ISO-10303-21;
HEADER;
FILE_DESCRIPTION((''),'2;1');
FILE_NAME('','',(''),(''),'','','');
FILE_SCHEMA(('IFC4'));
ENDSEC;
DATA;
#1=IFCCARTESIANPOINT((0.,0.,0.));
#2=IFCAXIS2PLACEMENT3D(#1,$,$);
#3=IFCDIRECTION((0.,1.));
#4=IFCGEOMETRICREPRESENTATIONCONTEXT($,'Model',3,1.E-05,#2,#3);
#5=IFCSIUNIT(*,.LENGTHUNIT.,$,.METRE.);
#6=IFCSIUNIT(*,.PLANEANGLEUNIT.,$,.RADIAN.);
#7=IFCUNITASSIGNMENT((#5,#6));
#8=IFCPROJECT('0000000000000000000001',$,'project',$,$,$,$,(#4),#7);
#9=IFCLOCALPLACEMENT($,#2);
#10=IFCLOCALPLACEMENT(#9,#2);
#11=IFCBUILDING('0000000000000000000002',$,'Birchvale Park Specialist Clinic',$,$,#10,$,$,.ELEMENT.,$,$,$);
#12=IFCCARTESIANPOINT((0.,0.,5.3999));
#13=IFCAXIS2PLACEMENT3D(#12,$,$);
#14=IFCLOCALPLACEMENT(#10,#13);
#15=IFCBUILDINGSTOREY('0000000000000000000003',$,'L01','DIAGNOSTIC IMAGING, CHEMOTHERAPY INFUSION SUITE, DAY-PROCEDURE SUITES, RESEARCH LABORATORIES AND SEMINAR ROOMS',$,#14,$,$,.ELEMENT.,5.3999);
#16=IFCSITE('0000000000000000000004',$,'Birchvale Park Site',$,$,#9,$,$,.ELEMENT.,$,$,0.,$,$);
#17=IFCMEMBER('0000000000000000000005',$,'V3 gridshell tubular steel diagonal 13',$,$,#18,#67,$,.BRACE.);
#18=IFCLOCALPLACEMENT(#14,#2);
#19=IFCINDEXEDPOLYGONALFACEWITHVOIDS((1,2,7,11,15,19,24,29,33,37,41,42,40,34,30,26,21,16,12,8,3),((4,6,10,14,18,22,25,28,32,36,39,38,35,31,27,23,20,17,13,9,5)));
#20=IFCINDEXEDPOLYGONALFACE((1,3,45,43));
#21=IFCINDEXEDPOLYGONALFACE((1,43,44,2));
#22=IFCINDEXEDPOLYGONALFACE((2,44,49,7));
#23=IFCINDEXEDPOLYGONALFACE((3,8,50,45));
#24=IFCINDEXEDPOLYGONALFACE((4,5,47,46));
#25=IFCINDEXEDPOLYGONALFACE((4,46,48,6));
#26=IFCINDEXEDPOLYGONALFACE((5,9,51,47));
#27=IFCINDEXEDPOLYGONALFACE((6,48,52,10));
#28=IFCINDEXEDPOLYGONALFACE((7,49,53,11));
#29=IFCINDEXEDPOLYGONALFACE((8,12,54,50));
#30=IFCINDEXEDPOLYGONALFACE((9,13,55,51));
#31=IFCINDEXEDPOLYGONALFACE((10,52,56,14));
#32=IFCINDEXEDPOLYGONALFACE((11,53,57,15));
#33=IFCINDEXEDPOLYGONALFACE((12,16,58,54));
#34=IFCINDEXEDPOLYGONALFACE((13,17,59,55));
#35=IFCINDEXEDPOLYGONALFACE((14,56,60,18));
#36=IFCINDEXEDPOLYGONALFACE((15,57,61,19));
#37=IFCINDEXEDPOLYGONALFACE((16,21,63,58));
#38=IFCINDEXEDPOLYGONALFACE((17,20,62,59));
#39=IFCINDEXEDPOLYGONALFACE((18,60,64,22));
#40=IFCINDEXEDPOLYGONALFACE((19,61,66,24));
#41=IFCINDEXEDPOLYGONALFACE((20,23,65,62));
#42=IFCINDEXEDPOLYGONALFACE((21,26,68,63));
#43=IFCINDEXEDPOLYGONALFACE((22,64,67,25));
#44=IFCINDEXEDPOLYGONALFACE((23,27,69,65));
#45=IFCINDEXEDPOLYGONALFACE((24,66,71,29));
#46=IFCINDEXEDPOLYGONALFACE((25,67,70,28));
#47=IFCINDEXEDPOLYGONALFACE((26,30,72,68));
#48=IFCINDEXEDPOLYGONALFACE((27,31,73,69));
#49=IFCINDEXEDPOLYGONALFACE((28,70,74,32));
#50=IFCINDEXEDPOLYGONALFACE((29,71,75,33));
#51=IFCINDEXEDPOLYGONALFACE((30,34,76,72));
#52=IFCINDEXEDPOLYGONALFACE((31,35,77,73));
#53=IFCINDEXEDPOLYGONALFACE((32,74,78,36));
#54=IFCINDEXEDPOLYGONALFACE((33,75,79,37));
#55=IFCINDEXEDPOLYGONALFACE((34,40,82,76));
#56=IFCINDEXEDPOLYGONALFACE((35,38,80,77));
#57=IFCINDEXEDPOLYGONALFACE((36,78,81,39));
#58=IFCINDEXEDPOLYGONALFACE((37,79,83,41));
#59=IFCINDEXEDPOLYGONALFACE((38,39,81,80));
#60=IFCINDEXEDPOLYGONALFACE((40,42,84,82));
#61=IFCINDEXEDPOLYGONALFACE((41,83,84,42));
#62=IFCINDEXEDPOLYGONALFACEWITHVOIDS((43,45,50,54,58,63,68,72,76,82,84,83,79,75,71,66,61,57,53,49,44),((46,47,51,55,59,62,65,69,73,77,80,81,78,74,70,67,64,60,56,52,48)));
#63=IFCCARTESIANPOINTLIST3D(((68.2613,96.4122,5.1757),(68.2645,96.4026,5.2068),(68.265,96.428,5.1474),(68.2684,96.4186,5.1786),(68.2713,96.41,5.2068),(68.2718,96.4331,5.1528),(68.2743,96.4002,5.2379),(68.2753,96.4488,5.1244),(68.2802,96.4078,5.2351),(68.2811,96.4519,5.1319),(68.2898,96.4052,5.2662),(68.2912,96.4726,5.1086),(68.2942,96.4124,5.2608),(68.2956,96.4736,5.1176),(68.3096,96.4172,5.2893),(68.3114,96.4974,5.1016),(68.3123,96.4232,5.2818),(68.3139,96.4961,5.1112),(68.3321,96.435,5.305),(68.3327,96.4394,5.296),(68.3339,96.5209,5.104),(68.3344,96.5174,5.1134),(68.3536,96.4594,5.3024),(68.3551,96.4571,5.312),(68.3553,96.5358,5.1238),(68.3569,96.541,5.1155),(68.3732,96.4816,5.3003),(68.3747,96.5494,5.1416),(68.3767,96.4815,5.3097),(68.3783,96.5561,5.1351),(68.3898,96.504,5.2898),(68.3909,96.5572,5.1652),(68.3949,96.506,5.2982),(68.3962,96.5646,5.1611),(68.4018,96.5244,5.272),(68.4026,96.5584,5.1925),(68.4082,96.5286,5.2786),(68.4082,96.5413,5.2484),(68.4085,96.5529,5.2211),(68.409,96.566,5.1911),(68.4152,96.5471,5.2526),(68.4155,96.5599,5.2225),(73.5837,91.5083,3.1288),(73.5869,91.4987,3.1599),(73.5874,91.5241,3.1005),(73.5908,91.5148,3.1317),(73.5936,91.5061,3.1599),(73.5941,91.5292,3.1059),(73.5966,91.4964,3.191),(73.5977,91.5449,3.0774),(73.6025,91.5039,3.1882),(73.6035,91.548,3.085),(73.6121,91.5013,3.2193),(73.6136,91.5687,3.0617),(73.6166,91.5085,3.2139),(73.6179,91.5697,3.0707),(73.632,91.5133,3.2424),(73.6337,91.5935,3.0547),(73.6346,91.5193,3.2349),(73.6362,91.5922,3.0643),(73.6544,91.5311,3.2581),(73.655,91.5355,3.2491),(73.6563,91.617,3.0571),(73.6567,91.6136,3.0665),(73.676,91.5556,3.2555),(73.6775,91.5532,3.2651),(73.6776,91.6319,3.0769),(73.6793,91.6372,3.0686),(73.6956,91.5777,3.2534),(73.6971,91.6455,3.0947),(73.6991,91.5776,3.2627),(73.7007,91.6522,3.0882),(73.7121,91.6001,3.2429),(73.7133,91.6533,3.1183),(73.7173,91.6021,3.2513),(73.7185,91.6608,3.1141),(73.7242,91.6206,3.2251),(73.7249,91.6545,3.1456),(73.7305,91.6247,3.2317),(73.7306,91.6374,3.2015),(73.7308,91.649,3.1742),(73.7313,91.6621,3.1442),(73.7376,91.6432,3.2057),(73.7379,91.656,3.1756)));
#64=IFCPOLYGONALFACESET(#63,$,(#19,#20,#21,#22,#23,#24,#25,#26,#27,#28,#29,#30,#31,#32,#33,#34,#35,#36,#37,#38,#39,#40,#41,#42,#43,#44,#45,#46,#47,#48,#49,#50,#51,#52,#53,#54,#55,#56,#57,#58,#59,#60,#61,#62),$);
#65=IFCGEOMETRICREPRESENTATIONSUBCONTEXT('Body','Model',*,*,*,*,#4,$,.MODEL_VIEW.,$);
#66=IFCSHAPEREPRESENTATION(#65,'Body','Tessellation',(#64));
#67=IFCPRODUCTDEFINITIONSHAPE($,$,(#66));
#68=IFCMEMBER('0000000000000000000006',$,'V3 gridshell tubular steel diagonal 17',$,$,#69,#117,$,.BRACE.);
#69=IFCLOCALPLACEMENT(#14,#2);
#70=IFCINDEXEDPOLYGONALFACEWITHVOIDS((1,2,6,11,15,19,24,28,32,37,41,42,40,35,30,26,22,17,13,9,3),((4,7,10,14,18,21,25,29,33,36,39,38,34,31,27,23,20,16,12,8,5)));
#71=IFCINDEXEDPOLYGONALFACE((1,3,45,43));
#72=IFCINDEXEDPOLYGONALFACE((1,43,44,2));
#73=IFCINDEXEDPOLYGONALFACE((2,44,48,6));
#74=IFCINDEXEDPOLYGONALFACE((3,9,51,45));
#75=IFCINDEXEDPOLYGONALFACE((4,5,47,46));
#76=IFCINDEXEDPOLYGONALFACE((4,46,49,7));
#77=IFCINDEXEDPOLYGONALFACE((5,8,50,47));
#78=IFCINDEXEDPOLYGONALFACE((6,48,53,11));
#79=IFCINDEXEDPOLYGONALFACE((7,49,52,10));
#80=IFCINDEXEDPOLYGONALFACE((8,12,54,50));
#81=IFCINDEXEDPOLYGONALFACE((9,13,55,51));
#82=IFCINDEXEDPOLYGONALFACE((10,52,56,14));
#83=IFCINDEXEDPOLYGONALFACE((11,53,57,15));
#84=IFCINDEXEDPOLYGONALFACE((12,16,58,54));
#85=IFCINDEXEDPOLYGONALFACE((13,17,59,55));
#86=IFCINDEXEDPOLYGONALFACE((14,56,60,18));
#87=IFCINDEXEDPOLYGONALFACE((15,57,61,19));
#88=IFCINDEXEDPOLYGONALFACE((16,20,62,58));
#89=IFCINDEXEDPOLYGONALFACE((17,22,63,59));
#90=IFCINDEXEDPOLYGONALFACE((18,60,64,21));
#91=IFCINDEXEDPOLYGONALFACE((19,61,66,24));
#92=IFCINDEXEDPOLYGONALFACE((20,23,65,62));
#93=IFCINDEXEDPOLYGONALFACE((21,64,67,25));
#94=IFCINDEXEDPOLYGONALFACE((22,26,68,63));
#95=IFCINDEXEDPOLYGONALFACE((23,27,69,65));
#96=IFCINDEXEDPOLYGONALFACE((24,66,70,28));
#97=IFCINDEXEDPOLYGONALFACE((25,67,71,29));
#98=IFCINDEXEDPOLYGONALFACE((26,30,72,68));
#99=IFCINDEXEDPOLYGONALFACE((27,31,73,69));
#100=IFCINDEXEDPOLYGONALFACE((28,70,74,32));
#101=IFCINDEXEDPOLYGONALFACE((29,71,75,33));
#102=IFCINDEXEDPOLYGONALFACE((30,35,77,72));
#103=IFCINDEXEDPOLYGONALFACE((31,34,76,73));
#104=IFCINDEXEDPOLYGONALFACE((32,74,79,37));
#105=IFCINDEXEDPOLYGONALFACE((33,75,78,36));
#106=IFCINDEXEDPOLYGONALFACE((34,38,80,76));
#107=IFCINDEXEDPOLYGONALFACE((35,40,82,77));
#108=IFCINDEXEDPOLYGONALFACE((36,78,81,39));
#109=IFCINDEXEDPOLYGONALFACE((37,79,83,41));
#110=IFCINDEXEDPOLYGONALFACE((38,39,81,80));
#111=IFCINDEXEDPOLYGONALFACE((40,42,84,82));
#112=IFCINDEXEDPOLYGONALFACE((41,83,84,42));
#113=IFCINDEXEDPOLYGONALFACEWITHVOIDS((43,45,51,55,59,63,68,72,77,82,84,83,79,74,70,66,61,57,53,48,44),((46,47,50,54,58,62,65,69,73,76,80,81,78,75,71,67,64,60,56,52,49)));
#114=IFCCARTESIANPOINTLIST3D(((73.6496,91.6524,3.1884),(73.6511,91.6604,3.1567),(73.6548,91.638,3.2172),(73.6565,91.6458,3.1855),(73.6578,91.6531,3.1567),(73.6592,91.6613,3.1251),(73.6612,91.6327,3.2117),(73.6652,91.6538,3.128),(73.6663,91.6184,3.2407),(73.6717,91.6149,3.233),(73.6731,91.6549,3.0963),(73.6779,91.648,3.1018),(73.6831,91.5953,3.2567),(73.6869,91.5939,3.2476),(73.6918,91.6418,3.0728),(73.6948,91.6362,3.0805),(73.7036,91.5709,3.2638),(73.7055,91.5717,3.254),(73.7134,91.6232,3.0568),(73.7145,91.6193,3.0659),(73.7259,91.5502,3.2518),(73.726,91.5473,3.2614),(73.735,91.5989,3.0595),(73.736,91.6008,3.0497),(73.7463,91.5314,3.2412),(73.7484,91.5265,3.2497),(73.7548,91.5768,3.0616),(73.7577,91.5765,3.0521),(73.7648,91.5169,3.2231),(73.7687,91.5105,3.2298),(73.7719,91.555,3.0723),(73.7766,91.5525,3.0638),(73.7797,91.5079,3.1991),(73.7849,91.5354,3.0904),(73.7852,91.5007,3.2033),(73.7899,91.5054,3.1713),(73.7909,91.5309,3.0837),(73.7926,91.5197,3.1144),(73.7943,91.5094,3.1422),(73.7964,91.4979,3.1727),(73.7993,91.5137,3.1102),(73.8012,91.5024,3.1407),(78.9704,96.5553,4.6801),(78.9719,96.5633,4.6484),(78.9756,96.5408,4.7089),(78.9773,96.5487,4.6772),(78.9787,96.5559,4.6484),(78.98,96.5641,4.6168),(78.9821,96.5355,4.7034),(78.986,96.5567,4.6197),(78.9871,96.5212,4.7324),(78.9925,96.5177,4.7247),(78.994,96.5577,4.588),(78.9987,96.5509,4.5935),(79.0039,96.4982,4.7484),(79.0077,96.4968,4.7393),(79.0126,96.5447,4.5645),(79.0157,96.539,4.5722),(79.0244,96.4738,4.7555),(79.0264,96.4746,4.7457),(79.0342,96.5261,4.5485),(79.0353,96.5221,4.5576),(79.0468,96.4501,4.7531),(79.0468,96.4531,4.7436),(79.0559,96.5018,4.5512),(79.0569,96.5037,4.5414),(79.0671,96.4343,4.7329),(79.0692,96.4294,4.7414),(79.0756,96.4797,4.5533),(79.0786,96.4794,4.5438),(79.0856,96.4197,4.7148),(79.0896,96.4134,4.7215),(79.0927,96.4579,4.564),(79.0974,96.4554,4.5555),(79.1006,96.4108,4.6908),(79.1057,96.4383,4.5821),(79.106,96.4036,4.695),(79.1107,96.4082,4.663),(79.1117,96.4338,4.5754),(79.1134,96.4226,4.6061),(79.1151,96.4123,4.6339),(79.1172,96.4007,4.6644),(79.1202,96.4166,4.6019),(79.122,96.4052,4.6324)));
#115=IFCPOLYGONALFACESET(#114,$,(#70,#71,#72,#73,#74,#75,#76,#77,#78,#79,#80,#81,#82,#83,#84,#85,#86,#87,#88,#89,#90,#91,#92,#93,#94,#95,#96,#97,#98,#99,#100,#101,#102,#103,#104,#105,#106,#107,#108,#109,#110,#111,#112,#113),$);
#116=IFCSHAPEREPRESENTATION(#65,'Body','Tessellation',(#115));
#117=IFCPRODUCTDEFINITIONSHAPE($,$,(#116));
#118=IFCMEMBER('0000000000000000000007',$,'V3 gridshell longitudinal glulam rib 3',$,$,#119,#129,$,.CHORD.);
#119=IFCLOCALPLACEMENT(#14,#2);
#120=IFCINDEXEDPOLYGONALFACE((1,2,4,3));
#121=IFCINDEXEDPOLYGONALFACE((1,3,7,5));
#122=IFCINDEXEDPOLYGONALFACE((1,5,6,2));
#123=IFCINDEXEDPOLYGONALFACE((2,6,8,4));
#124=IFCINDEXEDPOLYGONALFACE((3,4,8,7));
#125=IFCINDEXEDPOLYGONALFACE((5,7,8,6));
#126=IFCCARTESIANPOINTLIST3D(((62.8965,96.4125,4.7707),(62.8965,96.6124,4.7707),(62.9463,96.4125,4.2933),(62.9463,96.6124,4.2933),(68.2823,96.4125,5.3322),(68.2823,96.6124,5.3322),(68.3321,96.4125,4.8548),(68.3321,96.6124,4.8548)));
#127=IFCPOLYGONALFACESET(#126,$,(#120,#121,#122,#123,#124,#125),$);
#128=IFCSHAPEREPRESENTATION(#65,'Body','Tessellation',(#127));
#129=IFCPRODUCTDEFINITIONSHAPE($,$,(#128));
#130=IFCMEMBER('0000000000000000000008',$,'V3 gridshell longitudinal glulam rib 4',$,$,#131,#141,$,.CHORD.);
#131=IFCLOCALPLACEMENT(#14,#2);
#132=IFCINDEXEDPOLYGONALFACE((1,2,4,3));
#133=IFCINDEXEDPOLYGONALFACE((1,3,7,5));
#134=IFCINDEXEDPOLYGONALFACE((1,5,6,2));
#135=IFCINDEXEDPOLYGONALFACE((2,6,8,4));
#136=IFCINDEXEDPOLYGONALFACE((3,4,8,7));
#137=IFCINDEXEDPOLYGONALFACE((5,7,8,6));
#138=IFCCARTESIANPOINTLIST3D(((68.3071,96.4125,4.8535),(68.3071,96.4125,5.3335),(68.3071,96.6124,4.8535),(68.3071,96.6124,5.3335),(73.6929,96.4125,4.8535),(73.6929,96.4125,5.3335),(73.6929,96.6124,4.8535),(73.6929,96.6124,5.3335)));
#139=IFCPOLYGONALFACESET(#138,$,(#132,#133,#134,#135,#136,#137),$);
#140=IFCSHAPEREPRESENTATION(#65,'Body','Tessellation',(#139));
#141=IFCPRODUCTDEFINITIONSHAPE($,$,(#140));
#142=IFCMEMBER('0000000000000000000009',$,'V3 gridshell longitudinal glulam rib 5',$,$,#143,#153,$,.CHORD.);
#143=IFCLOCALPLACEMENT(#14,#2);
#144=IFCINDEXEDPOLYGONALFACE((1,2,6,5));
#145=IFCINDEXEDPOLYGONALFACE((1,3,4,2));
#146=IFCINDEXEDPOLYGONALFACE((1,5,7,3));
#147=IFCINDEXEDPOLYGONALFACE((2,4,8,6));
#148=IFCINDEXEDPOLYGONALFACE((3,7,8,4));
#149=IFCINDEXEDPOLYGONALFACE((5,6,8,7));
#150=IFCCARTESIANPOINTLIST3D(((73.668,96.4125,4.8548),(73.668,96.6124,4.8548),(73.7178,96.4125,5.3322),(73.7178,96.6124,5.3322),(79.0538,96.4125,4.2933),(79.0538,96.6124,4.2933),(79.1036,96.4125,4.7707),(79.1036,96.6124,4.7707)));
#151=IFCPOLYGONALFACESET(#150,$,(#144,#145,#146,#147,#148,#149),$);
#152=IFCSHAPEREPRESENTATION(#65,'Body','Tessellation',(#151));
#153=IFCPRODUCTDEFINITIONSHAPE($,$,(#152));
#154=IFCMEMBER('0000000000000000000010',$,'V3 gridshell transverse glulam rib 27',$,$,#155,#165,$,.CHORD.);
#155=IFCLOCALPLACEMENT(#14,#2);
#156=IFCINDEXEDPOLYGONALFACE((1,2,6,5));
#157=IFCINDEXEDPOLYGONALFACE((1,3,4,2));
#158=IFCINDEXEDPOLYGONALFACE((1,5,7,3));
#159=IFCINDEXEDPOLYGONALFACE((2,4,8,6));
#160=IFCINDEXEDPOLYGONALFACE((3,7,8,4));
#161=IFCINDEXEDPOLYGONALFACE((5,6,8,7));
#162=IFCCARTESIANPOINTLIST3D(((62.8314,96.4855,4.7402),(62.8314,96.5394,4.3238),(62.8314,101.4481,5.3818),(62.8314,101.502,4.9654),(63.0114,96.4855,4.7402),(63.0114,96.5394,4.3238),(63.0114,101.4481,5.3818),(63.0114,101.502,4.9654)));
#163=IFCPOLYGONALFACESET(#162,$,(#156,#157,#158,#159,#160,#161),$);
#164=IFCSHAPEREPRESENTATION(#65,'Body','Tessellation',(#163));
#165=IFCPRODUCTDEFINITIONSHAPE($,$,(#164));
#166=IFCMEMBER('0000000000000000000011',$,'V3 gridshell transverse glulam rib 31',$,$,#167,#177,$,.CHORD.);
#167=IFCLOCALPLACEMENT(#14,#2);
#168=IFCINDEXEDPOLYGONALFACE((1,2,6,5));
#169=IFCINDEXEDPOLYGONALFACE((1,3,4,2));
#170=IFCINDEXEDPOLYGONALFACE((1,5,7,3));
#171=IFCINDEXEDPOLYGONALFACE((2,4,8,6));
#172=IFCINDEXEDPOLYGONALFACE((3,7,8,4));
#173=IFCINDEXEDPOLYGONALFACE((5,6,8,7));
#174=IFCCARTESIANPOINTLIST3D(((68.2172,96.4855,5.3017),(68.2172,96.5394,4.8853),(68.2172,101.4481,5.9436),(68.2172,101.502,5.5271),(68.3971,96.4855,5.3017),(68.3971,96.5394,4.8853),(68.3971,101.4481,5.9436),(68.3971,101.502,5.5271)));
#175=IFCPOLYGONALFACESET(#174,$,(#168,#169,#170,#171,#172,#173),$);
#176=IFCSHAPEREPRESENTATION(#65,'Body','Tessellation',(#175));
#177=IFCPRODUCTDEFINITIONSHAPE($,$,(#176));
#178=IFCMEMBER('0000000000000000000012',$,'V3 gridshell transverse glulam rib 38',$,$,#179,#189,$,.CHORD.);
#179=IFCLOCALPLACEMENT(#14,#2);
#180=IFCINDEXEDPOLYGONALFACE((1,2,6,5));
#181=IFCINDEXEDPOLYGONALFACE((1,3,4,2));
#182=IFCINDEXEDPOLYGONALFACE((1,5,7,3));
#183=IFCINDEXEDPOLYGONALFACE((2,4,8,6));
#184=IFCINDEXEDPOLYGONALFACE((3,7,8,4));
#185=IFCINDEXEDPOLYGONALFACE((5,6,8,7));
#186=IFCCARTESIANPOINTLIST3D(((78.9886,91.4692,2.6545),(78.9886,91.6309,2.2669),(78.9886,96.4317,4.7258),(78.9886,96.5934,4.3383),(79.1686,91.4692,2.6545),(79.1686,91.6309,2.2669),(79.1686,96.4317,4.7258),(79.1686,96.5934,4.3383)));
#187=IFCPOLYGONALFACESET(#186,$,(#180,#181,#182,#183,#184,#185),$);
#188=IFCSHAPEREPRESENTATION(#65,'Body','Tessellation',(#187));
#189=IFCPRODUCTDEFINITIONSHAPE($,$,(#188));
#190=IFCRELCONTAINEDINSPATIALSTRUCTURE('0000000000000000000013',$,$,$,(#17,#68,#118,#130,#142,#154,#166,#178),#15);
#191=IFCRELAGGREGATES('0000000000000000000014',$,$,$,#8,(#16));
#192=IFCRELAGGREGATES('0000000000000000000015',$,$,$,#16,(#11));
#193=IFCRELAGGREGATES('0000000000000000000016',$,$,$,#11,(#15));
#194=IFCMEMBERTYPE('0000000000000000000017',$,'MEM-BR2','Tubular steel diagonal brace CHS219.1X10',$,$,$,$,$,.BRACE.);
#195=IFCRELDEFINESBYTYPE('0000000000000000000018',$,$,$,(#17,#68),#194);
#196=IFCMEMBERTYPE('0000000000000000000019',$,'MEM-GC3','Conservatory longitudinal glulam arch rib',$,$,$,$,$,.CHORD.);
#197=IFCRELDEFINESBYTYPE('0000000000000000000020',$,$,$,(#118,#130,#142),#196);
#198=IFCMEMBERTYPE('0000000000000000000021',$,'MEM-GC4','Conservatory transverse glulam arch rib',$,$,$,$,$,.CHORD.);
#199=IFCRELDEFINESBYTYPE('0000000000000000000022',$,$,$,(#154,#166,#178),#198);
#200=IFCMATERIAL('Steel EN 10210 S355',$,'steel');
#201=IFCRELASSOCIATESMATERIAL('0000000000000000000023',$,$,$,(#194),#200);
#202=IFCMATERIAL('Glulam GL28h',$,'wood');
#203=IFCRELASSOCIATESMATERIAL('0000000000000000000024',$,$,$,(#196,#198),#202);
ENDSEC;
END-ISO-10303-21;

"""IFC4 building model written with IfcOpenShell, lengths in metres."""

from ifc_helpers import new_model, si_unit, direction, frame, origin, origin_2d, place, context, subcontext, project, spatial, rectangle, hollow_circle, extrude, material, material_profile, profile_set, type_object, element, save


model = new_model("IFC4")

# Units and contexts
model_context = context("Model", 3, precision=1e-05, world=origin(), true_north=direction((0.0, 1.0)))
body_context = subcontext(model_context, "Body", "Model", "MODEL_VIEW")
ifc_project = project(units=[si_unit("LENGTHUNIT", "METRE"), si_unit("PLANEANGLEUNIT", "RADIAN")], contexts=[model_context])

# Site, building, storey
site_placement = place(None, origin())
site = spatial("IfcSite", under=ifc_project, at=site_placement, Name="Birchvale Park Site", CompositionType="ELEMENT", RefElevation=0.0)
building_placement = place(site_placement, origin())
building = spatial("IfcBuilding", under=site, at=building_placement, Name="Birchvale Park Specialist Clinic", CompositionType="ELEMENT")
storey_placement = place(building_placement, frame((0.0, 0.0, 5.3999)))
storey = spatial("IfcBuildingStorey", under=building, at=storey_placement, Name="L01", Description="DIAGNOSTIC IMAGING, CHEMOTHERAPY INFUSION SUITE, DAY-PROCEDURE SUITES, RESEARCH LABORATORIES AND SEMINAR ROOMS", CompositionType="ELEMENT", Elevation=5.3999)

# Members
ifc_material_1 = material(Name="Steel EN 10210 S355", Category="steel")
ifc_material_profile_1 = material_profile(ifc_material_1, hollow_circle(Radius=0.1096, WallThickness=0.01, at=origin_2d()), Name="CHS219.1X10")
ifc_profile_set_1 = profile_set([ifc_material_profile_1], Name="Steel EN 10210 S355")
member_type_1 = type_object("IfcMemberType", Name="MEM-BR2", Description="Tubular steel diagonal brace CHS219.1X10", PredefinedType="BRACE", material=ifc_profile_set_1)
member_1_placement = place(storey_placement, frame((73.6611, 91.5793, 3.1599), z_axis=(-0.707666, 0.652026, 0.272159), x_axis=(-0.677604, -0.735427, 0.0)))
element("IfcMember", 1, at=member_1_placement, inside=storey, type_object=member_type_1, Name="V3 gridshell tubular steel diagonal 13", PredefinedType="BRACE", context=body_context, shape_type="SweptSolid", body=[
    extrude(hollow_circle(Radius=0.1096, WallThickness=0.01, at=origin_2d()), origin(), (0.0, 0.0, 1.0), 7.521),
])
member_2_placement = place(storey_placement, frame((73.7253, 91.5798, 3.1567), z_axis=(0.720252, 0.663674, 0.201924), x_axis=(-0.677632, 0.735401, 0.0)))
element("IfcMember", 2, at=member_2_placement, inside=storey, type_object=member_type_1, Name="V3 gridshell tubular steel diagonal 17", PredefinedType="BRACE", context=body_context, shape_type="SweptSolid", body=[
    extrude(hollow_circle(Radius=0.1096, WallThickness=0.01, at=origin_2d()), origin(), (0.0, 0.0, 1.0), 7.3875),
])
ifc_material_2 = material(Name="Glulam GL28h", Category="wood")
ifc_material_profile_2 = material_profile(ifc_material_2, rectangle(XDim=0.2, YDim=0.48, at=origin_2d()), Name="GL-200x480")
ifc_profile_set_2 = profile_set([ifc_material_profile_2], Name="Glulam GL28h")
member_type_2 = type_object("IfcMemberType", Name="MEM-GC3", Description="Conservatory longitudinal glulam arch rib", PredefinedType="CHORD", material=ifc_profile_set_2)
member_3_placement = place(storey_placement, frame((62.9214, 96.5125, 4.532), z_axis=(0.994609, 0.0, 0.103699), x_axis=(0.0, 1.0, 0.0)))
element("IfcMember", 3, at=member_3_placement, inside=storey, type_object=member_type_2, Name="V3 gridshell longitudinal glulam rib 3", PredefinedType="CHORD", context=body_context, shape_type="SweptSolid", body=[
    extrude(rectangle(XDim=0.2, YDim=0.48, at=origin_2d()), origin(), (0.0, 0.0, 1.0), 5.415),
])
member_4_placement = place(storey_placement, frame((68.3071, 96.5125, 5.0935), z_axis=(1.0, 0.0, 0.0), x_axis=(0.0, 1.0, 0.0)))
element("IfcMember", 4, at=member_4_placement, inside=storey, type_object=member_type_2, Name="V3 gridshell longitudinal glulam rib 4", PredefinedType="CHORD", context=body_context, shape_type="SweptSolid", body=[
    extrude(rectangle(XDim=0.2, YDim=0.48, at=origin_2d()), origin(), (0.0, 0.0, 1.0), 5.3857),
])
member_5_placement = place(storey_placement, frame((73.6929, 96.5125, 5.0935), z_axis=(0.994609, 0.0, -0.103699), x_axis=(0.0, 1.0, 0.0)))
element("IfcMember", 5, at=member_5_placement, inside=storey, type_object=member_type_2, Name="V3 gridshell longitudinal glulam rib 5", PredefinedType="CHORD", context=body_context, shape_type="SweptSolid", body=[
    extrude(rectangle(XDim=0.2, YDim=0.48, at=origin_2d()), origin(), (0.0, 0.0, 1.0), 5.415),
])
ifc_material_profile_3 = material_profile(ifc_material_2, rectangle(XDim=0.1799, YDim=0.4199, at=origin_2d()), Name="GL-180x420")
ifc_profile_set_3 = profile_set([ifc_material_profile_3], Name="Glulam GL28h")
member_type_3 = type_object("IfcMemberType", Name="MEM-GC4", Description="Conservatory transverse glulam arch rib", PredefinedType="CHORD", material=ifc_profile_set_3)
for number, where, z_axis, x_axis, name in (
    (6, (62.9214, 96.5125, 4.532), (0.0, 0.991746, 0.128219), (-1.0, 0.0, 0.0), "V3 gridshell transverse glulam rib 27"),
    (7, (68.3071, 96.5125, 5.0935), (0.0, 0.99174, 0.128267), (-1.0, 0.0, 0.0), "V3 gridshell transverse glulam rib 31"),
):
    element("IfcMember", number, at=place(storey_placement, frame(where, z_axis=z_axis, x_axis=x_axis)), inside=storey, type_object=member_type_3, Name=name, PredefinedType="CHORD", context=body_context, shape_type="SweptSolid", body=[
        extrude(rectangle(XDim=0.1799, YDim=0.4199, at=origin_2d()), origin(), (0.0, 0.0, 1.0), 5.0039),
    ])
member_6_placement = place(storey_placement, frame((79.0786, 91.55, 2.4607), z_axis=(0.0, 0.922838, 0.385189), x_axis=(-1.0, 0.0, 0.0)))
element("IfcMember", 8, at=member_6_placement, inside=storey, type_object=member_type_3, Name="V3 gridshell transverse glulam rib 38", PredefinedType="CHORD", context=body_context, shape_type="SweptSolid", body=[
    extrude(rectangle(XDim=0.1799, YDim=0.4199, at=origin_2d()), origin(), (0.0, 0.0, 1.0), 5.3774),
])

save(model, "model.ifc")
